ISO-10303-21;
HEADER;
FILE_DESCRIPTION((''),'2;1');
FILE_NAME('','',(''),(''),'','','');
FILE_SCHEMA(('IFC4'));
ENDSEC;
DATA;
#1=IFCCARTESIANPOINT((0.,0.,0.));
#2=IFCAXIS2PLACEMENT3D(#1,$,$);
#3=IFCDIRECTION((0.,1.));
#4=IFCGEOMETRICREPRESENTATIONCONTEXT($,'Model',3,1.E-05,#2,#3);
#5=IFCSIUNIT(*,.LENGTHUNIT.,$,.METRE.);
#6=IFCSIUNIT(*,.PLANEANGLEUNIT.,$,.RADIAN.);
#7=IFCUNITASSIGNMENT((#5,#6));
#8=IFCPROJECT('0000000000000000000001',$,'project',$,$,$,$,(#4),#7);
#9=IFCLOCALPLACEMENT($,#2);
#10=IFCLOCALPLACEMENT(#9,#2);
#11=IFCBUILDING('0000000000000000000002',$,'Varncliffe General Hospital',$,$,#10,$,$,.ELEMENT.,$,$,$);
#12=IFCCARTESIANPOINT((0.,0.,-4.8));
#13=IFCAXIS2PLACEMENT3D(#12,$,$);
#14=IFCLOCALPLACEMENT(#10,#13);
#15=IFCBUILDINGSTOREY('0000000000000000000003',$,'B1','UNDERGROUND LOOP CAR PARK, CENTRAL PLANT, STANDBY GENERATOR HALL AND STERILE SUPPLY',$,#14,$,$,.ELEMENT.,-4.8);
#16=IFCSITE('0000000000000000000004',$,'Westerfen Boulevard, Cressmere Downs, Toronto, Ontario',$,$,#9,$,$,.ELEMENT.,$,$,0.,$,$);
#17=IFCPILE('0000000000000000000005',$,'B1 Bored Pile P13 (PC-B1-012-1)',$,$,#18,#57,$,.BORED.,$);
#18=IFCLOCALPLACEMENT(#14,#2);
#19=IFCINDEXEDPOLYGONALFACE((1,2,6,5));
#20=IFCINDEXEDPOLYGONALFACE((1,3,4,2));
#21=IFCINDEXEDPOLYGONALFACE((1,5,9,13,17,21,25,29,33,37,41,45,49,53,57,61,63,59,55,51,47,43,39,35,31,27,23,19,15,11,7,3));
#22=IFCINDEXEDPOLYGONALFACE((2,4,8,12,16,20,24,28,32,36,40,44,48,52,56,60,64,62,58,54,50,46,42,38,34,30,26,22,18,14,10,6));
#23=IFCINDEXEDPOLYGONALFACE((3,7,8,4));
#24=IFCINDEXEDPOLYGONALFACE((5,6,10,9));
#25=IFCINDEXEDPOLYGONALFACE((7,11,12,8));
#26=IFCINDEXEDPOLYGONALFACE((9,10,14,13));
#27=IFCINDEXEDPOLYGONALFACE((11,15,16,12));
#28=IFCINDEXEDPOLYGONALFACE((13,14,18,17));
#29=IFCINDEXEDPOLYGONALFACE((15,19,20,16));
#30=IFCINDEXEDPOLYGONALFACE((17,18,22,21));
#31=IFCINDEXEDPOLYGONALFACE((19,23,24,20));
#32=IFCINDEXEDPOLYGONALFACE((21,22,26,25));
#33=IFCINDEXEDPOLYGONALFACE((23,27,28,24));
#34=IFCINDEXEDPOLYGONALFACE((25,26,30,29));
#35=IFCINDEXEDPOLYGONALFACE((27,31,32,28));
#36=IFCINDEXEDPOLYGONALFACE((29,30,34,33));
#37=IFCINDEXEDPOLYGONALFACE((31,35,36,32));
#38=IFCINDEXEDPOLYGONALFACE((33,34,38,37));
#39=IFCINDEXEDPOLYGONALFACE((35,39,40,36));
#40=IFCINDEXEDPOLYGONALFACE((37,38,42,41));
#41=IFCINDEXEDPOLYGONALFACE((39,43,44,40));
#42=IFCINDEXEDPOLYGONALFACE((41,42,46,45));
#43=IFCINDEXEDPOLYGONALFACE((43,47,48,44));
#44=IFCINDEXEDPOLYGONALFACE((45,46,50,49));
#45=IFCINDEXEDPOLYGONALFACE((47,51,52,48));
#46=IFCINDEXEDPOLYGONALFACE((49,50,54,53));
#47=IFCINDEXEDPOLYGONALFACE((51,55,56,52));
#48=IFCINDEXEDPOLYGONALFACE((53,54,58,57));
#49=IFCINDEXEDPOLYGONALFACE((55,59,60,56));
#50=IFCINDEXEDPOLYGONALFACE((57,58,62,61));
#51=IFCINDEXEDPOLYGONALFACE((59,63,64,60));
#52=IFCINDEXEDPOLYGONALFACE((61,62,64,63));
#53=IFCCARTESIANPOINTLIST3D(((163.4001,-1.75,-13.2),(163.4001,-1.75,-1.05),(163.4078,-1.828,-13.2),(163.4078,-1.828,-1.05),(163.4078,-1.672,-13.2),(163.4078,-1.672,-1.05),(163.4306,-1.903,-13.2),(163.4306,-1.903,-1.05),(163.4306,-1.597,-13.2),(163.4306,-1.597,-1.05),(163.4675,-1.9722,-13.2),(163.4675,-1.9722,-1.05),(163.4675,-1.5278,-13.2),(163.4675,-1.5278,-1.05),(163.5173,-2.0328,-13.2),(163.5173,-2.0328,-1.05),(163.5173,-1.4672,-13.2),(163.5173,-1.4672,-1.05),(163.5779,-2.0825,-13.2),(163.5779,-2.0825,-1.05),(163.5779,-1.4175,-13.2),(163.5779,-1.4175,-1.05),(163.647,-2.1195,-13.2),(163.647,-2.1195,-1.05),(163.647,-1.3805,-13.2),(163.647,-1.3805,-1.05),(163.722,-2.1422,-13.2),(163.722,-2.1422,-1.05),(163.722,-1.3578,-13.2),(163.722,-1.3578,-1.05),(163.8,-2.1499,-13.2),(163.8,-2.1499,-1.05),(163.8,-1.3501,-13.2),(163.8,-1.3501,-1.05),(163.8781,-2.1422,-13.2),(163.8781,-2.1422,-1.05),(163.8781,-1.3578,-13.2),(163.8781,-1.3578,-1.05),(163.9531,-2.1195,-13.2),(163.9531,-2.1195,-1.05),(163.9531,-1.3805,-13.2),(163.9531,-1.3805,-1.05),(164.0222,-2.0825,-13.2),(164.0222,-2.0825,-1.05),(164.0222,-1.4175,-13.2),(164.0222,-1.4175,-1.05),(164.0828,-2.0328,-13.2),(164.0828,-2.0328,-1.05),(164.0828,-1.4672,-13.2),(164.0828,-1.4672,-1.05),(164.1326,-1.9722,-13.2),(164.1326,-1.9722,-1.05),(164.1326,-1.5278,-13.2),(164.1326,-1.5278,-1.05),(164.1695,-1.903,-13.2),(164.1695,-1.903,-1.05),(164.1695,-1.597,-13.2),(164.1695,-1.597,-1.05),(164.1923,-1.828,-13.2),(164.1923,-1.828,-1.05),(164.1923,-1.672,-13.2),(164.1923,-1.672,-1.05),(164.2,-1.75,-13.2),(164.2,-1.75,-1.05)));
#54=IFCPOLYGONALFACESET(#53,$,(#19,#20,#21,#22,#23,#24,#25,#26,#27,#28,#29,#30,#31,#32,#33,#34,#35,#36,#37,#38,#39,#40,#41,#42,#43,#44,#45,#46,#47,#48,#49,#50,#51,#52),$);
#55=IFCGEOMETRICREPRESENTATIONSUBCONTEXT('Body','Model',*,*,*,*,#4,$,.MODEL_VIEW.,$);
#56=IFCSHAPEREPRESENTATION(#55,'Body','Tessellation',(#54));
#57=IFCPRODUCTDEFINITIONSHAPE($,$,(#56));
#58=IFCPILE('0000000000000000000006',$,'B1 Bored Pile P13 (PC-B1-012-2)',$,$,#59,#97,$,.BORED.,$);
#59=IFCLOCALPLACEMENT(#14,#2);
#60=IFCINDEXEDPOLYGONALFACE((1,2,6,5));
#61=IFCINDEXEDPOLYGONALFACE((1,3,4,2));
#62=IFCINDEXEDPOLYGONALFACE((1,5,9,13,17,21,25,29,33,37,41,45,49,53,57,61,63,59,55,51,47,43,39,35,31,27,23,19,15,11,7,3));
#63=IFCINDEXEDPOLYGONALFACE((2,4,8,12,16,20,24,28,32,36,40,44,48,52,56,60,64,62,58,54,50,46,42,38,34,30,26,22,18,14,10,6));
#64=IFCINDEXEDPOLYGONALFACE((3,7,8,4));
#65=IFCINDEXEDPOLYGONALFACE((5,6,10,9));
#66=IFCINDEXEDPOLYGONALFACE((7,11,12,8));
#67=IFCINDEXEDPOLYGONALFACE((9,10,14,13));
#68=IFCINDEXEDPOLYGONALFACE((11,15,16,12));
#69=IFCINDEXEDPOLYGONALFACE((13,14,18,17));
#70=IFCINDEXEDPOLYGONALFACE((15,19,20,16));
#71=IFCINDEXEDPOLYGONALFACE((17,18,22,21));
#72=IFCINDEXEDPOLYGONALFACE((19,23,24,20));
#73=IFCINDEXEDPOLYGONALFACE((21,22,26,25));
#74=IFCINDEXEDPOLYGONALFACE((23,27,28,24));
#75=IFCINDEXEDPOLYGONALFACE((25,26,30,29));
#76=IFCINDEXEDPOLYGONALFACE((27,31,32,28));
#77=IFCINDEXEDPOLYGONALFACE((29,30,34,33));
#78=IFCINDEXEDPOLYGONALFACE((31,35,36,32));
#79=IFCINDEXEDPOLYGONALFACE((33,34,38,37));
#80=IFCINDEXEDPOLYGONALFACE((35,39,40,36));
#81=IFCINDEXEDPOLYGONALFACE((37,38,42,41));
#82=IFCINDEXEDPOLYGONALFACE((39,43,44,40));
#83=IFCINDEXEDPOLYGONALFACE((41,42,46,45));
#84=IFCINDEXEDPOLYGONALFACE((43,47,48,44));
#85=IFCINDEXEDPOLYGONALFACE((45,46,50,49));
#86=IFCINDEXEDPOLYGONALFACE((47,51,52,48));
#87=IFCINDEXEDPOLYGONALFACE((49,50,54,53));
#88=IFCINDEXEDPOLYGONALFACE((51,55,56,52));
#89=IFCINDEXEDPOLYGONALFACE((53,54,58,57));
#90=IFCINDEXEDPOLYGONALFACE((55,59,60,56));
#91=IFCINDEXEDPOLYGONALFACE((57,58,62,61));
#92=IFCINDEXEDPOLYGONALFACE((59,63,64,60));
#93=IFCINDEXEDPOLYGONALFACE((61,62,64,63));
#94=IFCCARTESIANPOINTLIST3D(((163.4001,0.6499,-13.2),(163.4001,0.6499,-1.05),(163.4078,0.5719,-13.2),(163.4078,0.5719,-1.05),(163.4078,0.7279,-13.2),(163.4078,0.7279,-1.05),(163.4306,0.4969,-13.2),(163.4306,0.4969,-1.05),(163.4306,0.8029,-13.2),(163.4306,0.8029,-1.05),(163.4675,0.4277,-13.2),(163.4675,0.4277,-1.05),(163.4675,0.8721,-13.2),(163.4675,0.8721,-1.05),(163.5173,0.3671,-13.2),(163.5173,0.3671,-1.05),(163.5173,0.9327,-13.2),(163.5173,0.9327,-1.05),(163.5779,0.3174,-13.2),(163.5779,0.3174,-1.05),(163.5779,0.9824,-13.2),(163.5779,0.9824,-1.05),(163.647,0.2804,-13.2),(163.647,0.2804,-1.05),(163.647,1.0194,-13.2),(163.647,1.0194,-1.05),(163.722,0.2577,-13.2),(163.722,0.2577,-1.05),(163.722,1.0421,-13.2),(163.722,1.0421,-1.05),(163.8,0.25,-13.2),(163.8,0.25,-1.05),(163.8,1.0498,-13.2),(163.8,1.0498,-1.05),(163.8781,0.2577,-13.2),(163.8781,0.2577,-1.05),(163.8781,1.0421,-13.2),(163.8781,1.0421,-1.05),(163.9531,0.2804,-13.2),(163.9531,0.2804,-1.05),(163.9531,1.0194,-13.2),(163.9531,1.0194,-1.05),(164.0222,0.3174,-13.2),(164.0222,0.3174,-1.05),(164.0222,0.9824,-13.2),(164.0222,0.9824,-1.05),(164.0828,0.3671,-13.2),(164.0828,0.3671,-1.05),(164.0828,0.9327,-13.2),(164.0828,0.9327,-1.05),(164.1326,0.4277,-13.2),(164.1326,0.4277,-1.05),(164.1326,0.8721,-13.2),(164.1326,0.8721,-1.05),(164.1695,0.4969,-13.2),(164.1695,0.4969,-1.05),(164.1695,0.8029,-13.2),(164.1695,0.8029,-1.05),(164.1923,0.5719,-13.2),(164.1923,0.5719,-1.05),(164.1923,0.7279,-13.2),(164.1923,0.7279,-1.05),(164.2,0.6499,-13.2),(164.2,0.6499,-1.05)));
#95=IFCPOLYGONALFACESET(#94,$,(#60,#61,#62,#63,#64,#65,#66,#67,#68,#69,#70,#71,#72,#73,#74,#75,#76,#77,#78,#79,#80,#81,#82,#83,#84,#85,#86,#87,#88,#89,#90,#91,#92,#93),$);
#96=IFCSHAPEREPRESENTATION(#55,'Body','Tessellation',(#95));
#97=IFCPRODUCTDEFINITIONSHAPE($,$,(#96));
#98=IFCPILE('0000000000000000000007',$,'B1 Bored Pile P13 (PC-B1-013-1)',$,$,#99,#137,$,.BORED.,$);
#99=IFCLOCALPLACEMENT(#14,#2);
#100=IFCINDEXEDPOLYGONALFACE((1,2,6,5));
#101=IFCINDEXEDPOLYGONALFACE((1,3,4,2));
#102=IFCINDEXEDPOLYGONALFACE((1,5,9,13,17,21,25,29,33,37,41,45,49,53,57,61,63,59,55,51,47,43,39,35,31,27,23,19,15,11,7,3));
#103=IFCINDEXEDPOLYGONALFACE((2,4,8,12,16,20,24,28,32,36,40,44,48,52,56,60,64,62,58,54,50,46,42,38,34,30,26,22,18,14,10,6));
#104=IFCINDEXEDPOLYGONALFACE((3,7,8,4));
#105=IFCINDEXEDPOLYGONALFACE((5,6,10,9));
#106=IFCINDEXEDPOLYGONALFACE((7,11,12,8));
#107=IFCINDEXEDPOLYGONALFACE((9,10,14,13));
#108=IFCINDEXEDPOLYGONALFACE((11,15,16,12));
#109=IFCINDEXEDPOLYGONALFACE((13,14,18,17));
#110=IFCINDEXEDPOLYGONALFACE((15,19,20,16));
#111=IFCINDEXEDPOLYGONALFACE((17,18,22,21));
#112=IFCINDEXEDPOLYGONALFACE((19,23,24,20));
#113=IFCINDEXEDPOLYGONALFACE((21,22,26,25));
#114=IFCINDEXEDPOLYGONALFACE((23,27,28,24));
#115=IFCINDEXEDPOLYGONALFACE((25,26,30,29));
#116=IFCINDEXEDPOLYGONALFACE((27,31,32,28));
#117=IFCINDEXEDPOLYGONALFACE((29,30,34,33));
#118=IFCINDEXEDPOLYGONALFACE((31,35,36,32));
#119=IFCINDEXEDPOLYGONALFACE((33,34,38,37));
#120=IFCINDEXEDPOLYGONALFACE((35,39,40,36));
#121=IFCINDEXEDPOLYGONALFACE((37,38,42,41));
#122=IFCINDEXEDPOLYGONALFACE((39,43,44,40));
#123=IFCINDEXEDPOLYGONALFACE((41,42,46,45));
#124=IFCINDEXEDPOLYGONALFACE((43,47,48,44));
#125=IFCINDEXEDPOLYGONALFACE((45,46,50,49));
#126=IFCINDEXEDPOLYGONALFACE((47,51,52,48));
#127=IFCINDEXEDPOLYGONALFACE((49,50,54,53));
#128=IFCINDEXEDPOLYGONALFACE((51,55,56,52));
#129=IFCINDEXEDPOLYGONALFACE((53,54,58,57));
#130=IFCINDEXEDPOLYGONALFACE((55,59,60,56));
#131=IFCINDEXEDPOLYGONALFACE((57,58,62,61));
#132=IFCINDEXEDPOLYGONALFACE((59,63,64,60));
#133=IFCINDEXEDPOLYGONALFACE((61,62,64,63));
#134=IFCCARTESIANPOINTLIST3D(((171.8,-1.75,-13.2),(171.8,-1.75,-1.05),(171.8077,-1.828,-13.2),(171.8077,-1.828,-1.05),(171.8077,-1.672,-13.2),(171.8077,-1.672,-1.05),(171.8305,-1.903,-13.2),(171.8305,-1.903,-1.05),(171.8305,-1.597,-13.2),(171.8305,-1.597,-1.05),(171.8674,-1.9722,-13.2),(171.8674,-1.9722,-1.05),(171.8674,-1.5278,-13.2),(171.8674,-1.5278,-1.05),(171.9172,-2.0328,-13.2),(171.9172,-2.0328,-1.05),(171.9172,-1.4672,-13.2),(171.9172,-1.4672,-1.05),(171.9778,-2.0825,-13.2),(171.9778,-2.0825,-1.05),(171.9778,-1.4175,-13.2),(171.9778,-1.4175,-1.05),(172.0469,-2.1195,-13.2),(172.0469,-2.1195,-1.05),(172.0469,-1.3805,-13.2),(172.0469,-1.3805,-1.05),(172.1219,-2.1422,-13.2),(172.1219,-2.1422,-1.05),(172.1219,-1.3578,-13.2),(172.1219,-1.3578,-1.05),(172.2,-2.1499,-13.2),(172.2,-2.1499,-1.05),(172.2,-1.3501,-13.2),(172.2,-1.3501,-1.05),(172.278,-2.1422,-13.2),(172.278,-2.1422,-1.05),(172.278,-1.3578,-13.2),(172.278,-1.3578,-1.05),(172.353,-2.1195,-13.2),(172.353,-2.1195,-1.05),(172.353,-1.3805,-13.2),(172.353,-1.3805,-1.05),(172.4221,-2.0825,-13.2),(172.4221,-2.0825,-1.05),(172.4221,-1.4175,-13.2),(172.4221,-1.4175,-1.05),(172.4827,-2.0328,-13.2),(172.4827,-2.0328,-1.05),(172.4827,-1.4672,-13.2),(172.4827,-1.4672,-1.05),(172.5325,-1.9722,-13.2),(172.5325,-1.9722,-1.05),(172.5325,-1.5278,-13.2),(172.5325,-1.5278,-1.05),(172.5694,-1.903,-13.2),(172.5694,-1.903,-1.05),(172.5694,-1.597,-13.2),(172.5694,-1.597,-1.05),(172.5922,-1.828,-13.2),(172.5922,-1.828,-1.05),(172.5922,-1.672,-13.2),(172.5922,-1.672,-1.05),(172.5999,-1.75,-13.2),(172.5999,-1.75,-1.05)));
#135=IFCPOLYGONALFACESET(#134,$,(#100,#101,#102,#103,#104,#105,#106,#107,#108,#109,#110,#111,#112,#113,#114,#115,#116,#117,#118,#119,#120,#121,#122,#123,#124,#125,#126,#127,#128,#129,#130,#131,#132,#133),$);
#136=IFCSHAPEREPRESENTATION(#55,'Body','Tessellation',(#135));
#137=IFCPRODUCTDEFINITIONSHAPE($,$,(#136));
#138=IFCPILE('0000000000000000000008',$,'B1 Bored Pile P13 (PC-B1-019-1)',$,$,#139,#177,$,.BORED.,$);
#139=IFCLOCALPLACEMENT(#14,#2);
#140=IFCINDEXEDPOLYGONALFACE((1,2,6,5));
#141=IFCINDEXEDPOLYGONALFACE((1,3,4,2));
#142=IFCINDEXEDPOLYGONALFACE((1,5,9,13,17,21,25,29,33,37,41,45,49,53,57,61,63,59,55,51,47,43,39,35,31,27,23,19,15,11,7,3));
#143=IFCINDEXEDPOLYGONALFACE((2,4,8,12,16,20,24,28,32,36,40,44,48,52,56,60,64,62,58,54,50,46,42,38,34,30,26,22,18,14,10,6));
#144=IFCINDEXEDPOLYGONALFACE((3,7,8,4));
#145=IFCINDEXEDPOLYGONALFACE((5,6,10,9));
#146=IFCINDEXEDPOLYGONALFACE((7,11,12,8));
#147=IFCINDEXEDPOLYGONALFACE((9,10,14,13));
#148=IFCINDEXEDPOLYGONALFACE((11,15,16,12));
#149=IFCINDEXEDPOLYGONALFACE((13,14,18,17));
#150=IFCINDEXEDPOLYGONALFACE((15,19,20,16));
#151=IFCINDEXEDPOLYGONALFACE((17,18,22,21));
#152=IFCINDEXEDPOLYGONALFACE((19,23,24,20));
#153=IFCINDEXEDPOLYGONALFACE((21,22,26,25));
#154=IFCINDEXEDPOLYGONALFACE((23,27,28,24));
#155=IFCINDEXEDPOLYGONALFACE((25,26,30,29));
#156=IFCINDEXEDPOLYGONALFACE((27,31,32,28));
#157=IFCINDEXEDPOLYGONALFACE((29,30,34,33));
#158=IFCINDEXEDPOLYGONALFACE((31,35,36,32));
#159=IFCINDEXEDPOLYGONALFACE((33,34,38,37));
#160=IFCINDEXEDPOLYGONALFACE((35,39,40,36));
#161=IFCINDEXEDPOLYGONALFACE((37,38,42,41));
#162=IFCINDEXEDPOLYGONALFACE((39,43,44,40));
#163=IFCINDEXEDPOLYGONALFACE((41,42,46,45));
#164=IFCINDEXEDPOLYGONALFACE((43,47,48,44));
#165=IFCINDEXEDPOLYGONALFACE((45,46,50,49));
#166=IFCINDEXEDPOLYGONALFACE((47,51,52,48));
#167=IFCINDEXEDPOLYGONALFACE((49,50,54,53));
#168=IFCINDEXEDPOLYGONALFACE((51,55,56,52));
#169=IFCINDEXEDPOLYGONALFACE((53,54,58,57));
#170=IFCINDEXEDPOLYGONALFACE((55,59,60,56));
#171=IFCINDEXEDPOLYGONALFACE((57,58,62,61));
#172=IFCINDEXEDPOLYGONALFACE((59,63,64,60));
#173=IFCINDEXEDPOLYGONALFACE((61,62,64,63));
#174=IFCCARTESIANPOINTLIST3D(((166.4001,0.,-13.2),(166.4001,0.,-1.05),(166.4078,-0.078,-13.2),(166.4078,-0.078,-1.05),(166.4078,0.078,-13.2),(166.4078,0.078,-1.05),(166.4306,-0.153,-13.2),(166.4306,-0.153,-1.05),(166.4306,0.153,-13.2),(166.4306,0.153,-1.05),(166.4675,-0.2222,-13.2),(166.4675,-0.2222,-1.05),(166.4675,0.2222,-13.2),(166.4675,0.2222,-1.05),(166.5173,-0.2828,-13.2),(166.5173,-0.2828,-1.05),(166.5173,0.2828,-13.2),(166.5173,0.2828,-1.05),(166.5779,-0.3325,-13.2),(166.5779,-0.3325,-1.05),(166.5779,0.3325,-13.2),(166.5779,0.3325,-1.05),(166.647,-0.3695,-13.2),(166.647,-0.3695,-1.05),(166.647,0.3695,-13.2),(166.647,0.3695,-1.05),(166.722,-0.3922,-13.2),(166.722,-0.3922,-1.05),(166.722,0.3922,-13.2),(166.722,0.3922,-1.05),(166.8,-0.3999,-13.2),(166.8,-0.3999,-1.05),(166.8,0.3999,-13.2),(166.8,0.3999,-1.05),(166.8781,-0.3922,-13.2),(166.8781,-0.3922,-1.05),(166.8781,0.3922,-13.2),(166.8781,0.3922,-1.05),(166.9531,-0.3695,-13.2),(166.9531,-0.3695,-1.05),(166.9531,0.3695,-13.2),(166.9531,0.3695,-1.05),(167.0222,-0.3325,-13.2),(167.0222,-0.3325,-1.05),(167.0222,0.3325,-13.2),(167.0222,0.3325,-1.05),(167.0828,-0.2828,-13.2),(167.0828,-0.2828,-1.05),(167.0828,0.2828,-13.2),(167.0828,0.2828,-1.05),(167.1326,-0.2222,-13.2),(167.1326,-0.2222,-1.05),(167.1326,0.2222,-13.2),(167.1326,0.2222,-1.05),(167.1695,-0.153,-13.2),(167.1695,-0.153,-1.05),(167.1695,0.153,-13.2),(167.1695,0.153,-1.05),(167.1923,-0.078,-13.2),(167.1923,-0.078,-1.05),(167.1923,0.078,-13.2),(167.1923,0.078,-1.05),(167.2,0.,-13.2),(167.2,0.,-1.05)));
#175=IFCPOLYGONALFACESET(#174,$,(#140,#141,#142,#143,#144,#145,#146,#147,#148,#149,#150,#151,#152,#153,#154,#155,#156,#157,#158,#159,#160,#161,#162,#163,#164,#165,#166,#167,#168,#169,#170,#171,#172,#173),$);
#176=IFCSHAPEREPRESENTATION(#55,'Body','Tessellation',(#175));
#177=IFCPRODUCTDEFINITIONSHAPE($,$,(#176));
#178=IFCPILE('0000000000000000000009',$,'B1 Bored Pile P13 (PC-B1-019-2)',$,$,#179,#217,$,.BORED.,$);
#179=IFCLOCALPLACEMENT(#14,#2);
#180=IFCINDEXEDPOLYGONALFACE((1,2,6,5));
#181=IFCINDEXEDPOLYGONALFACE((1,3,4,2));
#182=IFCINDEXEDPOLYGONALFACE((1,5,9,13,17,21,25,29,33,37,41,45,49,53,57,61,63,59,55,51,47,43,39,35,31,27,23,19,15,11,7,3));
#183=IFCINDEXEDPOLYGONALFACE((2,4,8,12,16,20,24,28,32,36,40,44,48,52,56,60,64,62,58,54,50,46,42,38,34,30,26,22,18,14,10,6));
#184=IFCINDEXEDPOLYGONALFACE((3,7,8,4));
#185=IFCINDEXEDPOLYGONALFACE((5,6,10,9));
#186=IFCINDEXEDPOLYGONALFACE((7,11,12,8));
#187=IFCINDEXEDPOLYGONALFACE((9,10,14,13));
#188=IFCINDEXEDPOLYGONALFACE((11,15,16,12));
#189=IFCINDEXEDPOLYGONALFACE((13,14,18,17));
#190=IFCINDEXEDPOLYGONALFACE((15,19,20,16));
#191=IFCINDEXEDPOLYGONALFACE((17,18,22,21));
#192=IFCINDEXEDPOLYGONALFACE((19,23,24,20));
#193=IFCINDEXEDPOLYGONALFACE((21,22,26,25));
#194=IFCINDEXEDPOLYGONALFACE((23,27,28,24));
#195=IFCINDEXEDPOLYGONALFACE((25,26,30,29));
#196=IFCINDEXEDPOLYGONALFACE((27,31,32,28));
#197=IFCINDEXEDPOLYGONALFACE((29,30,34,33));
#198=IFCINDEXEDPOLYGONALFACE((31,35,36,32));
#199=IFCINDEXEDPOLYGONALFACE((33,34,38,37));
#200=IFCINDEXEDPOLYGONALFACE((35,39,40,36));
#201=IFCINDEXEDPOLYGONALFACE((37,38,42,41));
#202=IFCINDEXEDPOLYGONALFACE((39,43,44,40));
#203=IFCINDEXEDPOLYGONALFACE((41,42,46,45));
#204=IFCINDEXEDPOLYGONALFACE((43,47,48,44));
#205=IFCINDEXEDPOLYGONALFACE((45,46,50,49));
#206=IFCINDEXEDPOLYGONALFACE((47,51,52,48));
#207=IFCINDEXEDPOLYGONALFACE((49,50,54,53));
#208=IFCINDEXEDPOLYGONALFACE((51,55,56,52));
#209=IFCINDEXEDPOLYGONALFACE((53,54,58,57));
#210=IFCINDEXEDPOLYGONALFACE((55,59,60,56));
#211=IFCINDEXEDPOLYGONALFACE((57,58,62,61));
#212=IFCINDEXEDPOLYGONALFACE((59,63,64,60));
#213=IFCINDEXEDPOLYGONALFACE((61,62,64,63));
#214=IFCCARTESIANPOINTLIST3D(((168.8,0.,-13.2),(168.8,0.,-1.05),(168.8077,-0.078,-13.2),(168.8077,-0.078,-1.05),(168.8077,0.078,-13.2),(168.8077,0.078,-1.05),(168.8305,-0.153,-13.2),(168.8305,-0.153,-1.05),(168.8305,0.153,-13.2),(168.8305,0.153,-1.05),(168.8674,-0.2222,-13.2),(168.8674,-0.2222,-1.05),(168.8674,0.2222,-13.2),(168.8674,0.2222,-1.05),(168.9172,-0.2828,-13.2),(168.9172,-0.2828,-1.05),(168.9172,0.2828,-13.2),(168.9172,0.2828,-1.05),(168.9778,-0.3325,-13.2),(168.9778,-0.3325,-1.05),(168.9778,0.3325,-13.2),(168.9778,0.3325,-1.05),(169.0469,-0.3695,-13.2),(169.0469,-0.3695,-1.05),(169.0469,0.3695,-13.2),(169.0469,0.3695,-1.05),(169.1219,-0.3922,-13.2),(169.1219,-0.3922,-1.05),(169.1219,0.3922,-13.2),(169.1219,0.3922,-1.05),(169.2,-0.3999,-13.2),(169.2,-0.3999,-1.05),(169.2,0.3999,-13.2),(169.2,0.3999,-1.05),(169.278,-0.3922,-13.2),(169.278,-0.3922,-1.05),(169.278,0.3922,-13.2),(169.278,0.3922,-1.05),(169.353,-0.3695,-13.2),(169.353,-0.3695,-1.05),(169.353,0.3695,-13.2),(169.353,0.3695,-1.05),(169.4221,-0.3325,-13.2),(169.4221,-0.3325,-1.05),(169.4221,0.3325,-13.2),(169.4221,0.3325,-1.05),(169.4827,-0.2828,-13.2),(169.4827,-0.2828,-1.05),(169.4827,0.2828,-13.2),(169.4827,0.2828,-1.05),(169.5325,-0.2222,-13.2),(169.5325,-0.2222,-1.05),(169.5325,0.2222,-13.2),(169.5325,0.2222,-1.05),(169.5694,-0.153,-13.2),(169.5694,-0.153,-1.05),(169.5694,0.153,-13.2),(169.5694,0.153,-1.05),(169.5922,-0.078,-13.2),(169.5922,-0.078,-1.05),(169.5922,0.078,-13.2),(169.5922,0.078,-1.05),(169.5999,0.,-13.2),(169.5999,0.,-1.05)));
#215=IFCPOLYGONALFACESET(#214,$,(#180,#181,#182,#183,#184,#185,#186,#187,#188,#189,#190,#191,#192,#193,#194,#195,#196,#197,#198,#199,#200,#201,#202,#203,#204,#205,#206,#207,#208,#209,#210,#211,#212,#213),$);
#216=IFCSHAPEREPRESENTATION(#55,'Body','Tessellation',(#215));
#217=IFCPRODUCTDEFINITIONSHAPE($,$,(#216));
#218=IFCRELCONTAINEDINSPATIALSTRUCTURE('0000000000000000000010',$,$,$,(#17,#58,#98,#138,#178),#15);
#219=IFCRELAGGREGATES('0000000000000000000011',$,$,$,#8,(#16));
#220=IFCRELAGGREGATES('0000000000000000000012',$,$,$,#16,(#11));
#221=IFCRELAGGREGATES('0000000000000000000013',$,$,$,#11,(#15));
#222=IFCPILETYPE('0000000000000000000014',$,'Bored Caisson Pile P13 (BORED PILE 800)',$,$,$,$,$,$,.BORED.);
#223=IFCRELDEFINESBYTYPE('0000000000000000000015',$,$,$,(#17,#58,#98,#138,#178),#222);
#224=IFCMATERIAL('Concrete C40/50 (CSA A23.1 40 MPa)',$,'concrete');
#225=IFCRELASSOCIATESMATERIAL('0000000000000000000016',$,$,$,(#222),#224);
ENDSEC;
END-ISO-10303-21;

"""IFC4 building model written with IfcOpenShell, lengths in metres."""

from ifc_helpers import new_model, si_unit, direction, frame, origin, origin_2d, place, context, subcontext, project, spatial, circle, extrude, material, material_profile, profile_set, type_object, element, save


model = new_model("IFC4")

# Units and contexts
model_context = context("Model", 3, precision=1e-05, world=origin(), true_north=direction((0.0, 1.0)))
body_context = subcontext(model_context, "Body", "Model", "MODEL_VIEW")
ifc_project = project(units=[si_unit("LENGTHUNIT", "METRE"), si_unit("PLANEANGLEUNIT", "RADIAN")], contexts=[model_context])

# Site, building, storey
site_placement = place(None, origin())
site = spatial("IfcSite", under=ifc_project, at=site_placement, Name="Westerfen Boulevard, Cressmere Downs, Toronto, Ontario", CompositionType="ELEMENT", RefElevation=0.0)
building_placement = place(site_placement, origin())
building = spatial("IfcBuilding", under=site, at=building_placement, Name="Varncliffe General Hospital", CompositionType="ELEMENT")
storey_placement = place(building_placement, frame((0.0, 0.0, -4.8)))
storey = spatial("IfcBuildingStorey", under=building, at=storey_placement, Name="B1", Description="UNDERGROUND LOOP CAR PARK, CENTRAL PLANT, STANDBY GENERATOR HALL AND STERILE SUPPLY", CompositionType="ELEMENT", Elevation=-4.8)

# Piles
ifc_material_1 = material(Name="Concrete C40/50 (CSA A23.1 40 MPa)", Category="concrete")
ifc_material_profile_1 = material_profile(ifc_material_1, circle(Radius=0.3999, at=origin_2d()), Name="BORED PILE 800")
ifc_profile_set_1 = profile_set([ifc_material_profile_1], Name="Concrete C40/50 (CSA A23.1 40 MPa)")
pile_type = type_object("IfcPileType", Name="Bored Caisson Pile P13 (BORED PILE 800)", PredefinedType="BORED", material=ifc_profile_set_1)
for number, where, z_axis, x_axis, name in (
    (1, (163.8, -1.75, -1.05), (0.0, 0.0, -1.0), (1.0, 0.0, 0.0), "B1 Bored Pile P13 (PC-B1-012-1)"),
    (2, (163.8, 0.6499, -1.05), (0.0, 0.0, -1.0), (1.0, 0.0, 0.0), "B1 Bored Pile P13 (PC-B1-012-2)"),
    (3, (172.2, -1.75, -1.05), (0.0, 0.0, -1.0), (1.0, 0.0, 0.0), "B1 Bored Pile P13 (PC-B1-013-1)"),
    (4, (166.8, 0.0, -1.05), (0.0, 0.0, -1.0), (1.0, 0.0, 0.0), "B1 Bored Pile P13 (PC-B1-019-1)"),
    (5, (169.2, 0.0, -1.05), (0.0, 0.0, -1.0), (1.0, 0.0, 0.0), "B1 Bored Pile P13 (PC-B1-019-2)"),
):
    element("IfcPile", number, at=place(storey_placement, frame(where, z_axis=z_axis, x_axis=x_axis)), inside=storey, type_object=pile_type, Name=name, PredefinedType="BORED", context=body_context, shape_type="SweptSolid", body=[
        extrude(circle(Radius=0.3999, at=origin_2d()), origin(), (0.0, 0.0, 1.0), 12.1499),
    ])

save(model, "model.ifc")
